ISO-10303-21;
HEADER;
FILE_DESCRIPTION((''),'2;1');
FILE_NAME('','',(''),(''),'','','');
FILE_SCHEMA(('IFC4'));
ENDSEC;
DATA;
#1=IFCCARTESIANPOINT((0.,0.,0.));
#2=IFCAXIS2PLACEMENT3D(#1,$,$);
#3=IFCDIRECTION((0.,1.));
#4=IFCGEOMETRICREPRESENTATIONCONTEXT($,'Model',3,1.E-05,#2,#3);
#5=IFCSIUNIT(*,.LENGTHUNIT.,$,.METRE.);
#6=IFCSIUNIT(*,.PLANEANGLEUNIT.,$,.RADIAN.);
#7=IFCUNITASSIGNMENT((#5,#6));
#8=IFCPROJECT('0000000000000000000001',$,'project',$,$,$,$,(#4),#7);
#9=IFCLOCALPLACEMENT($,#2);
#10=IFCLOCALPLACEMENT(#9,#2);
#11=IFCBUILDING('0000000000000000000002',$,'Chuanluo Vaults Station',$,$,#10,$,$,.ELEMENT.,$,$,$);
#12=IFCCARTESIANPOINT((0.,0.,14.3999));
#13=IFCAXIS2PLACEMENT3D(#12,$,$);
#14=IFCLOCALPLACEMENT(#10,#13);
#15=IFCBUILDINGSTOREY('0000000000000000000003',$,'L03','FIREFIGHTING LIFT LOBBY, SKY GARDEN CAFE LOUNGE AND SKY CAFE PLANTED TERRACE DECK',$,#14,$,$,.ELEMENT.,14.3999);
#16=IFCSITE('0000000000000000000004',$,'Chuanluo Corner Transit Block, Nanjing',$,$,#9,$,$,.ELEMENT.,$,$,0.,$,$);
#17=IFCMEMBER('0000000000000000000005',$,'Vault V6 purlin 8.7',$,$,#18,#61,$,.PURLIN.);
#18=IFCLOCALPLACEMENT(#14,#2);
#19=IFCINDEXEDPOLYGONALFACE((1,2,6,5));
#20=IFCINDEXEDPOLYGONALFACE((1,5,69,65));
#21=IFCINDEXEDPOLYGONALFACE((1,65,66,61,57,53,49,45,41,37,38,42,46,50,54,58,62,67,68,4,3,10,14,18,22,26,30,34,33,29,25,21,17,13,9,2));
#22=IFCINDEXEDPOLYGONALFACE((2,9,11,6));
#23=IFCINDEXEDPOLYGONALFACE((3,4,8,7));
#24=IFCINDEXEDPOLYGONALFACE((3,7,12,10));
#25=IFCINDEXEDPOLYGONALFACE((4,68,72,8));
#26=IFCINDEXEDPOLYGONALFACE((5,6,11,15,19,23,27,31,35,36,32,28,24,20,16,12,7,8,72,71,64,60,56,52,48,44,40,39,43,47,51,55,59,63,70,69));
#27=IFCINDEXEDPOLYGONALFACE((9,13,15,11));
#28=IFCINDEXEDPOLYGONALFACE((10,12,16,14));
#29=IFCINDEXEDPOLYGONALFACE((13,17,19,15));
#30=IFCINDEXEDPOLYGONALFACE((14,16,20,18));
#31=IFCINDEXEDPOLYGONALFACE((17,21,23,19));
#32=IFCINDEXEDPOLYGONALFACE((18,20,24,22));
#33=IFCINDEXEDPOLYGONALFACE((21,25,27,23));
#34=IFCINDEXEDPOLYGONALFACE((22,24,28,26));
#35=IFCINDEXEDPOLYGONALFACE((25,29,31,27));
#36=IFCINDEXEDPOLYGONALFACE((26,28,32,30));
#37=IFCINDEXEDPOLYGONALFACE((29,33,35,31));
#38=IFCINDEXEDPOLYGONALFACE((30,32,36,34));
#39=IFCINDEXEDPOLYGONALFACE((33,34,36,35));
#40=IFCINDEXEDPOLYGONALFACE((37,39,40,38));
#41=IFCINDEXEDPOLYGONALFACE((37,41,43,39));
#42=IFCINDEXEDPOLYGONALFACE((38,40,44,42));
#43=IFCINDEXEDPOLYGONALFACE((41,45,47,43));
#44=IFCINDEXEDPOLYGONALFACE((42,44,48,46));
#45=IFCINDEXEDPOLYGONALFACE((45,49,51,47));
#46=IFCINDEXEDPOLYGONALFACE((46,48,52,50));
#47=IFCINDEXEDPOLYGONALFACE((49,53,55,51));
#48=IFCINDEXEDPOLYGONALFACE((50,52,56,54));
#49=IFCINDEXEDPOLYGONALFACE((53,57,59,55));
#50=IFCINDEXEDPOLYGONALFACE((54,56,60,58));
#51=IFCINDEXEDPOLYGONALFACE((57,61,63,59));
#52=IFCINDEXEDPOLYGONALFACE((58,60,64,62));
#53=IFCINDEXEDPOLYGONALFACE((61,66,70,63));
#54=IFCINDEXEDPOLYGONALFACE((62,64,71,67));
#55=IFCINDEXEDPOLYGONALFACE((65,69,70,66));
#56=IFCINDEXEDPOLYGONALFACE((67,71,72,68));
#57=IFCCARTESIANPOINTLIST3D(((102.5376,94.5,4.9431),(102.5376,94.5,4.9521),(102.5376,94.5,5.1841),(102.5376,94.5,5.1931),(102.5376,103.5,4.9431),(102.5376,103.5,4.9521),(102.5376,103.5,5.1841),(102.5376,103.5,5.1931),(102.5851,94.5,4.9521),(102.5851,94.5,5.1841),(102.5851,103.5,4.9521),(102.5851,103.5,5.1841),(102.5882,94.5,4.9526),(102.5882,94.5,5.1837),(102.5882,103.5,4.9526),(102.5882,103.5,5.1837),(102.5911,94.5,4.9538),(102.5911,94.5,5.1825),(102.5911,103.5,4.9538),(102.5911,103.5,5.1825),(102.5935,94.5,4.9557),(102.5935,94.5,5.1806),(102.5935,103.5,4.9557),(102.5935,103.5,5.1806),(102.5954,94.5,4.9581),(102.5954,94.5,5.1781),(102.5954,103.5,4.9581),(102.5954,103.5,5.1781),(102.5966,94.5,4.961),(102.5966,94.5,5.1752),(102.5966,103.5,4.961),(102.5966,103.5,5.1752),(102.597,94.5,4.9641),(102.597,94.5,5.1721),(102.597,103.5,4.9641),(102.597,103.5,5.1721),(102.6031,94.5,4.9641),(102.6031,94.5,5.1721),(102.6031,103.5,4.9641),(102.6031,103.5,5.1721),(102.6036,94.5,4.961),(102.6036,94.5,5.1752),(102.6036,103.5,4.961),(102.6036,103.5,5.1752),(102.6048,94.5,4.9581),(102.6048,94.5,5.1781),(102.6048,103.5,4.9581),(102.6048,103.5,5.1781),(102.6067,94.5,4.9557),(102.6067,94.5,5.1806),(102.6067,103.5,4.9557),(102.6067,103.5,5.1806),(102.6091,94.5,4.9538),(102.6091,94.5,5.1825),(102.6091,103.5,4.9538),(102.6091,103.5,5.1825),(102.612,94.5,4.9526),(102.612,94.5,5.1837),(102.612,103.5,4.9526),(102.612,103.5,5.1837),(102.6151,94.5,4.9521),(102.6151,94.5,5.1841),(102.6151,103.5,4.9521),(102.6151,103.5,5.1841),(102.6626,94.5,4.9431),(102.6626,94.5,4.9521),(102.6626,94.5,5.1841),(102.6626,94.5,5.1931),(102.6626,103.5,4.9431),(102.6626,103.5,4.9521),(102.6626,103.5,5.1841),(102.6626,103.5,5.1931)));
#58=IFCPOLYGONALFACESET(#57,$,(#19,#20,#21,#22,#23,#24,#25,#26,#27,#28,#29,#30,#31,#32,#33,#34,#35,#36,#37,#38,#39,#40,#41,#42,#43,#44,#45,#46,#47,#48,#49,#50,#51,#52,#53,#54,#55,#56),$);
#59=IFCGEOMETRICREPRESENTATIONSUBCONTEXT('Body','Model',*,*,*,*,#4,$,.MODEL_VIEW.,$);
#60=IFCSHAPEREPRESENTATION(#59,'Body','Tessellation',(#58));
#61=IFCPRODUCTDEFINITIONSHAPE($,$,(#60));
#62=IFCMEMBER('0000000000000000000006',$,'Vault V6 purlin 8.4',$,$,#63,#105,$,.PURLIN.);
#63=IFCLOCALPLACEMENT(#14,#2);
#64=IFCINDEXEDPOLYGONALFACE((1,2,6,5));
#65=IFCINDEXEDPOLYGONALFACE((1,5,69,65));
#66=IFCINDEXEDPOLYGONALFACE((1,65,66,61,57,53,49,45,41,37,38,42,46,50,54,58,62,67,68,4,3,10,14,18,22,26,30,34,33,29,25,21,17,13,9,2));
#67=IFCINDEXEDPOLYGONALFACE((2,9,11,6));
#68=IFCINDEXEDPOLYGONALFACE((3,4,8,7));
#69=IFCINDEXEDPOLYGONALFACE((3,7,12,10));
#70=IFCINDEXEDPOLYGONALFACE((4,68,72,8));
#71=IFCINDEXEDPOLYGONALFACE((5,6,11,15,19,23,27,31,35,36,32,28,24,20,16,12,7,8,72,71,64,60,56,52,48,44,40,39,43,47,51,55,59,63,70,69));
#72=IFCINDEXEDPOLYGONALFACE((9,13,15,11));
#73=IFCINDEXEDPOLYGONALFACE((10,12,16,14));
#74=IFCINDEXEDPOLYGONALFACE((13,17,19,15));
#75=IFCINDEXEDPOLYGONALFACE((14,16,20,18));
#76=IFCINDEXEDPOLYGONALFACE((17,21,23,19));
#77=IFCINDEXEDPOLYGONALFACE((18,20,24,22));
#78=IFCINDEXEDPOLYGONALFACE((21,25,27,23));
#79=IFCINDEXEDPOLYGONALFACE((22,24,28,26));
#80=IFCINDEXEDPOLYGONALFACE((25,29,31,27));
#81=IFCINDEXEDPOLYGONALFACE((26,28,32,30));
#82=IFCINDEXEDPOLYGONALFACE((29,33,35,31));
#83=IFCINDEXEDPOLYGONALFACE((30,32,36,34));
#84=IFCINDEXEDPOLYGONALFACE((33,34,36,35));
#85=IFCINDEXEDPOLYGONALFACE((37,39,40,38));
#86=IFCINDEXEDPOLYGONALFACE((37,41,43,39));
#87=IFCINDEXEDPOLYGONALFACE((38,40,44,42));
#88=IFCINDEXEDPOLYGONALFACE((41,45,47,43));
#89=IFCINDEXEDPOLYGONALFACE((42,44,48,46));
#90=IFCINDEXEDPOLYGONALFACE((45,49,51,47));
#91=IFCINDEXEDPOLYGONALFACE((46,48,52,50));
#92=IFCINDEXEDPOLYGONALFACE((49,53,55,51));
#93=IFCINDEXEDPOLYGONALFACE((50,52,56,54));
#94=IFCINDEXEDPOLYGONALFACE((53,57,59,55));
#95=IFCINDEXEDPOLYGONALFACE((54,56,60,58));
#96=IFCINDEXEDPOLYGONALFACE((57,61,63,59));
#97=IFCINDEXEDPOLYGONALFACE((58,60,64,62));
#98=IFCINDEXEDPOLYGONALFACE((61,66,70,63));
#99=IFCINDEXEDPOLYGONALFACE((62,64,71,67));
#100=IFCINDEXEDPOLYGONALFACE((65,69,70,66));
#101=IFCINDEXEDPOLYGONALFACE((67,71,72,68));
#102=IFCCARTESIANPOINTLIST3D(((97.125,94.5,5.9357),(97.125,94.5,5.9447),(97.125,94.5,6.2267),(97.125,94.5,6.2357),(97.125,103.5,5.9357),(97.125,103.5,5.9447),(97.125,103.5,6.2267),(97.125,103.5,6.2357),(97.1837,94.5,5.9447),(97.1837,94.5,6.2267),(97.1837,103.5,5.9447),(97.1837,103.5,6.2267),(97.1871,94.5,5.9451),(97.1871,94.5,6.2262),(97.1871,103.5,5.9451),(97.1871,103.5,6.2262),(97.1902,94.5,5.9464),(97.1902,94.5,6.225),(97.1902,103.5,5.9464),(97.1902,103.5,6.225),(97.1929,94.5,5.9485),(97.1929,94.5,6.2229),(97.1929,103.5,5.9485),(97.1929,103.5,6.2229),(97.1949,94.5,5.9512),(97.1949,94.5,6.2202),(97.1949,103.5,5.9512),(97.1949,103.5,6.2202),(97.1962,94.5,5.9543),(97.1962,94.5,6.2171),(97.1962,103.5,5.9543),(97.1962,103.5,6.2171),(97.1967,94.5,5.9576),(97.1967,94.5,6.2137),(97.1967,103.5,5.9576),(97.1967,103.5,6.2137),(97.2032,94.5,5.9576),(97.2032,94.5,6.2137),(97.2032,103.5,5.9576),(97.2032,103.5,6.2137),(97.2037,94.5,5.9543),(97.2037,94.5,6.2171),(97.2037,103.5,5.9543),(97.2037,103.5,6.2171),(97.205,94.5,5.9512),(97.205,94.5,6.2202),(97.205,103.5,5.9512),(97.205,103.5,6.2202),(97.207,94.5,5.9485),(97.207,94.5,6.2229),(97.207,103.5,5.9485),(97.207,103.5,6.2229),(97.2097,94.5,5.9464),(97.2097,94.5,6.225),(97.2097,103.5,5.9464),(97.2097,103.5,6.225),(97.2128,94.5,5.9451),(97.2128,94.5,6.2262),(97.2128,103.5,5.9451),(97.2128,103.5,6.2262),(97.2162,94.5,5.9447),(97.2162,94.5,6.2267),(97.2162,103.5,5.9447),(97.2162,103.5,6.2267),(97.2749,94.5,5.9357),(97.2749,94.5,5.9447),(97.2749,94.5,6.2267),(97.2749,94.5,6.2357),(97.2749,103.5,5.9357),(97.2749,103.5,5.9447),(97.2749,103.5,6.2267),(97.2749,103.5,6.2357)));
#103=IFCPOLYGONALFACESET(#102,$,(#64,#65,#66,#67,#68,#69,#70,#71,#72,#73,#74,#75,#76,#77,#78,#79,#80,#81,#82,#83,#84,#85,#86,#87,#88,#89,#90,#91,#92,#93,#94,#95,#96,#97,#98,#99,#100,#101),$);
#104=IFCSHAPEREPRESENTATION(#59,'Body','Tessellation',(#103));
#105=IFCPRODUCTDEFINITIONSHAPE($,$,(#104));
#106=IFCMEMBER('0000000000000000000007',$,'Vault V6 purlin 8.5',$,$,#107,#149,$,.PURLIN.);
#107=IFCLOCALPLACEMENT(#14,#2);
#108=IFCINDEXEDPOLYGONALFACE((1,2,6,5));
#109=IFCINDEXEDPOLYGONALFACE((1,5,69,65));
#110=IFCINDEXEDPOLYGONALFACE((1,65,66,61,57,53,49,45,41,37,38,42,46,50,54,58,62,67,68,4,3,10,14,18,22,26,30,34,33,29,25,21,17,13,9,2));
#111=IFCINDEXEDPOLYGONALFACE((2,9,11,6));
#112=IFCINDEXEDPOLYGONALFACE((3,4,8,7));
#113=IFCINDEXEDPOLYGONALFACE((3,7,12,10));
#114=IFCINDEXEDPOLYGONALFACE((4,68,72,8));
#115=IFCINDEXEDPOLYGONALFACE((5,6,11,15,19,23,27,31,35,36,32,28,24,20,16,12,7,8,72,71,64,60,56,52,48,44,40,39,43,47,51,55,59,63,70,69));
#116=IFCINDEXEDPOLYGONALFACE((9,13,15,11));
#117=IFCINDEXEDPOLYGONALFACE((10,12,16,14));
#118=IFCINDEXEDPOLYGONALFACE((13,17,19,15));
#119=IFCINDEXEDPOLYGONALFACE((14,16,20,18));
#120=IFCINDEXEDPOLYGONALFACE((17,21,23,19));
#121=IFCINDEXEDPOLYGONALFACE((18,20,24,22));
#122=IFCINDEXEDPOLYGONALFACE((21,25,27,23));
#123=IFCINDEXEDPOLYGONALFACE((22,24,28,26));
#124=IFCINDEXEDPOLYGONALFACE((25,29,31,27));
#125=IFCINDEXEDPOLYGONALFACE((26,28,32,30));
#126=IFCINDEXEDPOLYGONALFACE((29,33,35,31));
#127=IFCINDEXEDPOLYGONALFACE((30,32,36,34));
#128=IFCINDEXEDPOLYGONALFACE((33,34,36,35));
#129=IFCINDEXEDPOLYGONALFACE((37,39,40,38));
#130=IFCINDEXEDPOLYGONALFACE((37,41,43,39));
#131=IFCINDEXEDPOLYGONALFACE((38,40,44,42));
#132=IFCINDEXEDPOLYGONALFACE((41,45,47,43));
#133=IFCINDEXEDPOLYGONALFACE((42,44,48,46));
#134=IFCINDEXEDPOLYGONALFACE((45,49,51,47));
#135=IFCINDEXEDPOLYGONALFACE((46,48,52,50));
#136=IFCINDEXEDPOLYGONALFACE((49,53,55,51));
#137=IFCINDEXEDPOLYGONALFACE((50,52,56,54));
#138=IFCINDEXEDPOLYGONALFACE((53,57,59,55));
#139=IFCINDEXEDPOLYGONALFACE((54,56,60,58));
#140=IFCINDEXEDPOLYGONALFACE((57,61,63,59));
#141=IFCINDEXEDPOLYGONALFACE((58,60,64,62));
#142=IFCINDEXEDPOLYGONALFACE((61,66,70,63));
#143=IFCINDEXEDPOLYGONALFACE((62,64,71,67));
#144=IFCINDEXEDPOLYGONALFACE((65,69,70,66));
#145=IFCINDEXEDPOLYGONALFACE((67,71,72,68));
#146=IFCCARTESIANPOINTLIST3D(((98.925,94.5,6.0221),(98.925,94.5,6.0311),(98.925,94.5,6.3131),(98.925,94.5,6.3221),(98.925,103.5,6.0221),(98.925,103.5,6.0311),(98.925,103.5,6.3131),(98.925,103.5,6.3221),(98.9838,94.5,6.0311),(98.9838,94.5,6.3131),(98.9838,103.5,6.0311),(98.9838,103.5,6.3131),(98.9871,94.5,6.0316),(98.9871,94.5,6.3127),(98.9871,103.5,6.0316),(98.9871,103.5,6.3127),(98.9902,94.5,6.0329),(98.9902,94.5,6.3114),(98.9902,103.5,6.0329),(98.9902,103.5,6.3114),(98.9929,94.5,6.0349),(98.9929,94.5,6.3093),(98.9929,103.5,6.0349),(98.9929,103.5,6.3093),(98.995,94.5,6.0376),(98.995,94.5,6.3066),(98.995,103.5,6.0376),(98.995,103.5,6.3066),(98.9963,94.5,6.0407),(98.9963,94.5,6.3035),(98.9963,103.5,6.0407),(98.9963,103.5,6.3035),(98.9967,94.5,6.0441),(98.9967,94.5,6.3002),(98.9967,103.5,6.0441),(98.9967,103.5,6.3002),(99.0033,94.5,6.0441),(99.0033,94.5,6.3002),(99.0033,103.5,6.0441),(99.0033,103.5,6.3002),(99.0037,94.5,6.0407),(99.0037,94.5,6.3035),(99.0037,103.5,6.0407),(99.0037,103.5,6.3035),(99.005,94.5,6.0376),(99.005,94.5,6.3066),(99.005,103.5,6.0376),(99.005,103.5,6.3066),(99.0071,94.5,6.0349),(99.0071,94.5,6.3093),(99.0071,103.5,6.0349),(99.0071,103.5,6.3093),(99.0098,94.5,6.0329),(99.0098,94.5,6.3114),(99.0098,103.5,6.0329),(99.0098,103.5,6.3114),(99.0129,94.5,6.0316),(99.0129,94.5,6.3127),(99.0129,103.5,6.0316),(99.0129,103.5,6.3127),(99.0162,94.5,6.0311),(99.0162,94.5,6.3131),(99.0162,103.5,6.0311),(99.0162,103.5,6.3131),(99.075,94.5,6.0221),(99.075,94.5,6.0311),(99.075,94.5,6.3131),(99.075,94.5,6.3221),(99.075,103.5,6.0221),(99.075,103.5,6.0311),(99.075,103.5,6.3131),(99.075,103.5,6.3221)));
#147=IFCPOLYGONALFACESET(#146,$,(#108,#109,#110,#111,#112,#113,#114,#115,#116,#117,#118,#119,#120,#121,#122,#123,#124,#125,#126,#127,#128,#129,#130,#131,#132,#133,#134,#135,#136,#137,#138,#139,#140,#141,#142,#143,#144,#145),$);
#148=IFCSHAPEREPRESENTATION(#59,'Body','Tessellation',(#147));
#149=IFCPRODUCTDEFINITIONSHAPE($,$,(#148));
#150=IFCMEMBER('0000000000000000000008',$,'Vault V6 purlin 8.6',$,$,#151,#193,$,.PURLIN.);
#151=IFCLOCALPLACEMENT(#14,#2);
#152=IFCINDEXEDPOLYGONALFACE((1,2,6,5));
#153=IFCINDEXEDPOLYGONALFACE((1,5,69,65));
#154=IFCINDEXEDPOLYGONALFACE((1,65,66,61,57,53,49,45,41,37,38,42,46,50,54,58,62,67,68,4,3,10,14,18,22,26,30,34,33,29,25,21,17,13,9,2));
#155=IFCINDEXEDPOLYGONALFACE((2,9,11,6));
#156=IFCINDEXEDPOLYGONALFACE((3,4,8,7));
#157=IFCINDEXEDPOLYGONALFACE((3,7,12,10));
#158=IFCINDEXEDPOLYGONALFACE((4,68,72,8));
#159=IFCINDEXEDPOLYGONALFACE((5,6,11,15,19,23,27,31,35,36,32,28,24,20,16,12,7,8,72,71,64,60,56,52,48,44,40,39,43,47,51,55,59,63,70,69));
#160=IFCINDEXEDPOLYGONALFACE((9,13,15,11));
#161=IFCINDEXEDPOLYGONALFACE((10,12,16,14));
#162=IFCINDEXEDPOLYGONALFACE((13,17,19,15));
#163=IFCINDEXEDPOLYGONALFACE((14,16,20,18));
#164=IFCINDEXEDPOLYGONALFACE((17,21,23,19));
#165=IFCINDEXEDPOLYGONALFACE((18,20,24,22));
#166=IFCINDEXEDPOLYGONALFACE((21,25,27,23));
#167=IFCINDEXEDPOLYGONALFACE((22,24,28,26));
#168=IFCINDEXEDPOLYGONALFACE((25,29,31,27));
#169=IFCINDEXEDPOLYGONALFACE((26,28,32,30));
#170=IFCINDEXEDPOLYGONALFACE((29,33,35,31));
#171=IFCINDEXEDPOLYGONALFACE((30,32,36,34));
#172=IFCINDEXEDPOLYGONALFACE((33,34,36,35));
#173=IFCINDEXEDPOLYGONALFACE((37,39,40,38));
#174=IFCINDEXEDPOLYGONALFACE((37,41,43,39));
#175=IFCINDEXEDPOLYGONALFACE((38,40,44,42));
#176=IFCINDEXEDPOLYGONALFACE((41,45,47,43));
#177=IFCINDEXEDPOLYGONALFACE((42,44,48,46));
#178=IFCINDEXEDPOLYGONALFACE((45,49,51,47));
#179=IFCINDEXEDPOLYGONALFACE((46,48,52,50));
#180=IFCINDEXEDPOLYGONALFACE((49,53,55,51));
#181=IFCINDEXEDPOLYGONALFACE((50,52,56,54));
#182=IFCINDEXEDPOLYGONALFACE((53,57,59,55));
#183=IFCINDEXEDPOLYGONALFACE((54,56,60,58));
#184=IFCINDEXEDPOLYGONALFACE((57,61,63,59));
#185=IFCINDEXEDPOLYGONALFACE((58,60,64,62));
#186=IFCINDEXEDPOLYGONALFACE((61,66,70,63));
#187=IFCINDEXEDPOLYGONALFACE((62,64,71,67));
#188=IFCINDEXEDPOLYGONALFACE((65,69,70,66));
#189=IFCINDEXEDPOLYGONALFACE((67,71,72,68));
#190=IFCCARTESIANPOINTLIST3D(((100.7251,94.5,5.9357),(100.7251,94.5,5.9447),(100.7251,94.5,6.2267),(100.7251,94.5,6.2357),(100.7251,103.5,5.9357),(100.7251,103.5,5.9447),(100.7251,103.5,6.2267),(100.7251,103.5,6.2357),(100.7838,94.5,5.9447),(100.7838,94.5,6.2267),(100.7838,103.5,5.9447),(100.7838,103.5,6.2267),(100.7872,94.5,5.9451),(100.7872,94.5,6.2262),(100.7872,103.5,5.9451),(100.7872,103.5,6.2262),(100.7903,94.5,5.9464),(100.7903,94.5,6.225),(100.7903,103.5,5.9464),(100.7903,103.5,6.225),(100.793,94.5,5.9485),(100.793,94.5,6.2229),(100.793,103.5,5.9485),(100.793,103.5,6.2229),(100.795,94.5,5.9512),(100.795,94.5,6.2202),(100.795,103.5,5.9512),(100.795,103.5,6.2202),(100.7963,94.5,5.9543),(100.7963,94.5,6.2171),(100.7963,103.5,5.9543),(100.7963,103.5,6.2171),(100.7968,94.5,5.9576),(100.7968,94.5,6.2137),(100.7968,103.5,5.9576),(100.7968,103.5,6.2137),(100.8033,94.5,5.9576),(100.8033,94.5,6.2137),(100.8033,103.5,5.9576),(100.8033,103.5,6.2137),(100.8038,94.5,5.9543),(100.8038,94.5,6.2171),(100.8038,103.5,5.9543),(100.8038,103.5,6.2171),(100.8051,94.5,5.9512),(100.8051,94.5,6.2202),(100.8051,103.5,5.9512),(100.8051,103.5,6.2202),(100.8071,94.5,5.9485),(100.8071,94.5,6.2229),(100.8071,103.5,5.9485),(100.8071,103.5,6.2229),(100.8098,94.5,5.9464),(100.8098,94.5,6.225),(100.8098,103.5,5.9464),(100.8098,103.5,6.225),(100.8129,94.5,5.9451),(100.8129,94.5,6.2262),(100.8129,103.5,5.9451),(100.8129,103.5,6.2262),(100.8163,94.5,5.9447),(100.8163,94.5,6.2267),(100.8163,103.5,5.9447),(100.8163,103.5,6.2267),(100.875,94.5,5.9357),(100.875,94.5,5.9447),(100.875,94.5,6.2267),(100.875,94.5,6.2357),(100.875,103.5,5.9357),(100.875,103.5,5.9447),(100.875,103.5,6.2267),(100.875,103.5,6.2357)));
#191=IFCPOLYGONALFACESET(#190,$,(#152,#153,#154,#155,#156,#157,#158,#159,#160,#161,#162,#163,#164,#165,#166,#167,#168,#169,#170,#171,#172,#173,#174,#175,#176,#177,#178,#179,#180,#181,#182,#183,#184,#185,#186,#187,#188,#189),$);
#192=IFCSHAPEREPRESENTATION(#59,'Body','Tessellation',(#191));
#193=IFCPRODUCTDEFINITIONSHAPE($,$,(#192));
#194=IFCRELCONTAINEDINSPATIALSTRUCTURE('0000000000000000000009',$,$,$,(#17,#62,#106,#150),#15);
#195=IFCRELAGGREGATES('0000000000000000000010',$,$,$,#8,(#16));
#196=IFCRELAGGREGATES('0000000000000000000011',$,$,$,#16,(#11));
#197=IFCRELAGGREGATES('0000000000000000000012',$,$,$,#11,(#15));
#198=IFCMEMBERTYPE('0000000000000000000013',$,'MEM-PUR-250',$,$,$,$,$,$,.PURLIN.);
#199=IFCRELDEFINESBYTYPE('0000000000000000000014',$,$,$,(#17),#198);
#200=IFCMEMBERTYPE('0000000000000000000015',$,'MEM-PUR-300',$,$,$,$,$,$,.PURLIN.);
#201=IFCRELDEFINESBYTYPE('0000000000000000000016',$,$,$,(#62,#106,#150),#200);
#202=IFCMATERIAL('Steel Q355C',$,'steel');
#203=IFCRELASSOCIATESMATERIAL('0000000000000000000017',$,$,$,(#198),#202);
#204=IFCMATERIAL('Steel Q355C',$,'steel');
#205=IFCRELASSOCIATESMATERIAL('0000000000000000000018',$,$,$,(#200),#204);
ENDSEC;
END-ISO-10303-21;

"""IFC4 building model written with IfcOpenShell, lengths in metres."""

from ifc_helpers import new_model, si_unit, direction, frame, origin, origin_2d, place, context, subcontext, project, spatial, i_section, extrude, material, material_profile, profile_set, type_object, element, save


model = new_model("IFC4")

# Units and contexts
model_context = context("Model", 3, precision=1e-05, world=origin(), true_north=direction((0.0, 1.0)))
body_context = subcontext(model_context, "Body", "Model", "MODEL_VIEW")
ifc_project = project(units=[si_unit("LENGTHUNIT", "METRE"), si_unit("PLANEANGLEUNIT", "RADIAN")], contexts=[model_context])

# Site, building, storey
site_placement = place(None, origin())
site = spatial("IfcSite", under=ifc_project, at=site_placement, Name="Chuanluo Corner Transit Block, Nanjing", CompositionType="ELEMENT", RefElevation=0.0)
building_placement = place(site_placement, origin())
building = spatial("IfcBuilding", under=site, at=building_placement, Name="Chuanluo Vaults Station", CompositionType="ELEMENT")
storey_placement = place(building_placement, frame((0.0, 0.0, 14.3999)))
storey = spatial("IfcBuildingStorey", under=building, at=storey_placement, Name="L03", Description="FIREFIGHTING LIFT LOBBY, SKY GARDEN CAFE LOUNGE AND SKY CAFE PLANTED TERRACE DECK", CompositionType="ELEMENT", Elevation=14.3999)

# Members
ifc_material_1 = material(Name="Steel Q355C", Category="steel")
ifc_material_profile_1 = material_profile(ifc_material_1, i_section(OverallWidth=0.125, OverallDepth=0.25, WebThickness=0.0061, FlangeThickness=0.009, FilletRadius=0.012, at=origin_2d()))
ifc_profile_set_1 = profile_set([ifc_material_profile_1], Name="Steel Q355C")
member_type_1 = type_object("IfcMemberType", Name="MEM-PUR-250", PredefinedType="PURLIN", material=ifc_profile_set_1)
for number, where, z_axis, x_axis, name in (
    (1, (102.6001, 94.5, 5.0681), (0.0, 1.0, 0.0), (-1.0, 0.0, 0.0), "Vault V6 purlin 8.7"),
):
    element("IfcMember", number, at=place(storey_placement, frame(where, z_axis=z_axis, x_axis=x_axis)), inside=storey, type_object=member_type_1, Name=name, PredefinedType="PURLIN", context=body_context, shape_type="SweptSolid", body=[
        extrude(i_section(OverallWidth=0.125, OverallDepth=0.25, WebThickness=0.0061, FlangeThickness=0.009, FilletRadius=0.012, at=origin_2d()), origin(), (0.0, 0.0, 1.0), 9.0),
    ])
ifc_material_2 = material(Name="Steel Q355C", Category="steel")
ifc_material_profile_2 = material_profile(ifc_material_2, i_section(OverallWidth=0.1499, OverallDepth=0.3, WebThickness=0.0066, FlangeThickness=0.009, FilletRadius=0.0129, at=origin_2d()))
ifc_profile_set_2 = profile_set([ifc_material_profile_2], Name="Steel Q355C")
member_type_2 = type_object("IfcMemberType", Name="MEM-PUR-300", PredefinedType="PURLIN", material=ifc_profile_set_2)
for number, where, z_axis, x_axis, name in (
    (2, (97.2, 94.5, 6.0857), (0.0, 1.0, 0.0), (-1.0, 0.0, 0.0), "Vault V6 purlin 8.4"),
    (3, (99.0, 94.5, 6.1721), (0.0, 1.0, 0.0), (-1.0, 0.0, 0.0), "Vault V6 purlin 8.5"),
    (4, (100.8, 94.5, 6.0857), (0.0, 1.0, 0.0), (-1.0, 0.0, 0.0), "Vault V6 purlin 8.6"),
):
    element("IfcMember", number, at=place(storey_placement, frame(where, z_axis=z_axis, x_axis=x_axis)), inside=storey, type_object=member_type_2, Name=name, PredefinedType="PURLIN", context=body_context, shape_type="SweptSolid", body=[
        extrude(i_section(OverallWidth=0.1499, OverallDepth=0.3, WebThickness=0.0066, FlangeThickness=0.009, FilletRadius=0.0129, at=origin_2d()), origin(), (0.0, 0.0, 1.0), 9.0),
    ])

save(model, "model.ifc")
